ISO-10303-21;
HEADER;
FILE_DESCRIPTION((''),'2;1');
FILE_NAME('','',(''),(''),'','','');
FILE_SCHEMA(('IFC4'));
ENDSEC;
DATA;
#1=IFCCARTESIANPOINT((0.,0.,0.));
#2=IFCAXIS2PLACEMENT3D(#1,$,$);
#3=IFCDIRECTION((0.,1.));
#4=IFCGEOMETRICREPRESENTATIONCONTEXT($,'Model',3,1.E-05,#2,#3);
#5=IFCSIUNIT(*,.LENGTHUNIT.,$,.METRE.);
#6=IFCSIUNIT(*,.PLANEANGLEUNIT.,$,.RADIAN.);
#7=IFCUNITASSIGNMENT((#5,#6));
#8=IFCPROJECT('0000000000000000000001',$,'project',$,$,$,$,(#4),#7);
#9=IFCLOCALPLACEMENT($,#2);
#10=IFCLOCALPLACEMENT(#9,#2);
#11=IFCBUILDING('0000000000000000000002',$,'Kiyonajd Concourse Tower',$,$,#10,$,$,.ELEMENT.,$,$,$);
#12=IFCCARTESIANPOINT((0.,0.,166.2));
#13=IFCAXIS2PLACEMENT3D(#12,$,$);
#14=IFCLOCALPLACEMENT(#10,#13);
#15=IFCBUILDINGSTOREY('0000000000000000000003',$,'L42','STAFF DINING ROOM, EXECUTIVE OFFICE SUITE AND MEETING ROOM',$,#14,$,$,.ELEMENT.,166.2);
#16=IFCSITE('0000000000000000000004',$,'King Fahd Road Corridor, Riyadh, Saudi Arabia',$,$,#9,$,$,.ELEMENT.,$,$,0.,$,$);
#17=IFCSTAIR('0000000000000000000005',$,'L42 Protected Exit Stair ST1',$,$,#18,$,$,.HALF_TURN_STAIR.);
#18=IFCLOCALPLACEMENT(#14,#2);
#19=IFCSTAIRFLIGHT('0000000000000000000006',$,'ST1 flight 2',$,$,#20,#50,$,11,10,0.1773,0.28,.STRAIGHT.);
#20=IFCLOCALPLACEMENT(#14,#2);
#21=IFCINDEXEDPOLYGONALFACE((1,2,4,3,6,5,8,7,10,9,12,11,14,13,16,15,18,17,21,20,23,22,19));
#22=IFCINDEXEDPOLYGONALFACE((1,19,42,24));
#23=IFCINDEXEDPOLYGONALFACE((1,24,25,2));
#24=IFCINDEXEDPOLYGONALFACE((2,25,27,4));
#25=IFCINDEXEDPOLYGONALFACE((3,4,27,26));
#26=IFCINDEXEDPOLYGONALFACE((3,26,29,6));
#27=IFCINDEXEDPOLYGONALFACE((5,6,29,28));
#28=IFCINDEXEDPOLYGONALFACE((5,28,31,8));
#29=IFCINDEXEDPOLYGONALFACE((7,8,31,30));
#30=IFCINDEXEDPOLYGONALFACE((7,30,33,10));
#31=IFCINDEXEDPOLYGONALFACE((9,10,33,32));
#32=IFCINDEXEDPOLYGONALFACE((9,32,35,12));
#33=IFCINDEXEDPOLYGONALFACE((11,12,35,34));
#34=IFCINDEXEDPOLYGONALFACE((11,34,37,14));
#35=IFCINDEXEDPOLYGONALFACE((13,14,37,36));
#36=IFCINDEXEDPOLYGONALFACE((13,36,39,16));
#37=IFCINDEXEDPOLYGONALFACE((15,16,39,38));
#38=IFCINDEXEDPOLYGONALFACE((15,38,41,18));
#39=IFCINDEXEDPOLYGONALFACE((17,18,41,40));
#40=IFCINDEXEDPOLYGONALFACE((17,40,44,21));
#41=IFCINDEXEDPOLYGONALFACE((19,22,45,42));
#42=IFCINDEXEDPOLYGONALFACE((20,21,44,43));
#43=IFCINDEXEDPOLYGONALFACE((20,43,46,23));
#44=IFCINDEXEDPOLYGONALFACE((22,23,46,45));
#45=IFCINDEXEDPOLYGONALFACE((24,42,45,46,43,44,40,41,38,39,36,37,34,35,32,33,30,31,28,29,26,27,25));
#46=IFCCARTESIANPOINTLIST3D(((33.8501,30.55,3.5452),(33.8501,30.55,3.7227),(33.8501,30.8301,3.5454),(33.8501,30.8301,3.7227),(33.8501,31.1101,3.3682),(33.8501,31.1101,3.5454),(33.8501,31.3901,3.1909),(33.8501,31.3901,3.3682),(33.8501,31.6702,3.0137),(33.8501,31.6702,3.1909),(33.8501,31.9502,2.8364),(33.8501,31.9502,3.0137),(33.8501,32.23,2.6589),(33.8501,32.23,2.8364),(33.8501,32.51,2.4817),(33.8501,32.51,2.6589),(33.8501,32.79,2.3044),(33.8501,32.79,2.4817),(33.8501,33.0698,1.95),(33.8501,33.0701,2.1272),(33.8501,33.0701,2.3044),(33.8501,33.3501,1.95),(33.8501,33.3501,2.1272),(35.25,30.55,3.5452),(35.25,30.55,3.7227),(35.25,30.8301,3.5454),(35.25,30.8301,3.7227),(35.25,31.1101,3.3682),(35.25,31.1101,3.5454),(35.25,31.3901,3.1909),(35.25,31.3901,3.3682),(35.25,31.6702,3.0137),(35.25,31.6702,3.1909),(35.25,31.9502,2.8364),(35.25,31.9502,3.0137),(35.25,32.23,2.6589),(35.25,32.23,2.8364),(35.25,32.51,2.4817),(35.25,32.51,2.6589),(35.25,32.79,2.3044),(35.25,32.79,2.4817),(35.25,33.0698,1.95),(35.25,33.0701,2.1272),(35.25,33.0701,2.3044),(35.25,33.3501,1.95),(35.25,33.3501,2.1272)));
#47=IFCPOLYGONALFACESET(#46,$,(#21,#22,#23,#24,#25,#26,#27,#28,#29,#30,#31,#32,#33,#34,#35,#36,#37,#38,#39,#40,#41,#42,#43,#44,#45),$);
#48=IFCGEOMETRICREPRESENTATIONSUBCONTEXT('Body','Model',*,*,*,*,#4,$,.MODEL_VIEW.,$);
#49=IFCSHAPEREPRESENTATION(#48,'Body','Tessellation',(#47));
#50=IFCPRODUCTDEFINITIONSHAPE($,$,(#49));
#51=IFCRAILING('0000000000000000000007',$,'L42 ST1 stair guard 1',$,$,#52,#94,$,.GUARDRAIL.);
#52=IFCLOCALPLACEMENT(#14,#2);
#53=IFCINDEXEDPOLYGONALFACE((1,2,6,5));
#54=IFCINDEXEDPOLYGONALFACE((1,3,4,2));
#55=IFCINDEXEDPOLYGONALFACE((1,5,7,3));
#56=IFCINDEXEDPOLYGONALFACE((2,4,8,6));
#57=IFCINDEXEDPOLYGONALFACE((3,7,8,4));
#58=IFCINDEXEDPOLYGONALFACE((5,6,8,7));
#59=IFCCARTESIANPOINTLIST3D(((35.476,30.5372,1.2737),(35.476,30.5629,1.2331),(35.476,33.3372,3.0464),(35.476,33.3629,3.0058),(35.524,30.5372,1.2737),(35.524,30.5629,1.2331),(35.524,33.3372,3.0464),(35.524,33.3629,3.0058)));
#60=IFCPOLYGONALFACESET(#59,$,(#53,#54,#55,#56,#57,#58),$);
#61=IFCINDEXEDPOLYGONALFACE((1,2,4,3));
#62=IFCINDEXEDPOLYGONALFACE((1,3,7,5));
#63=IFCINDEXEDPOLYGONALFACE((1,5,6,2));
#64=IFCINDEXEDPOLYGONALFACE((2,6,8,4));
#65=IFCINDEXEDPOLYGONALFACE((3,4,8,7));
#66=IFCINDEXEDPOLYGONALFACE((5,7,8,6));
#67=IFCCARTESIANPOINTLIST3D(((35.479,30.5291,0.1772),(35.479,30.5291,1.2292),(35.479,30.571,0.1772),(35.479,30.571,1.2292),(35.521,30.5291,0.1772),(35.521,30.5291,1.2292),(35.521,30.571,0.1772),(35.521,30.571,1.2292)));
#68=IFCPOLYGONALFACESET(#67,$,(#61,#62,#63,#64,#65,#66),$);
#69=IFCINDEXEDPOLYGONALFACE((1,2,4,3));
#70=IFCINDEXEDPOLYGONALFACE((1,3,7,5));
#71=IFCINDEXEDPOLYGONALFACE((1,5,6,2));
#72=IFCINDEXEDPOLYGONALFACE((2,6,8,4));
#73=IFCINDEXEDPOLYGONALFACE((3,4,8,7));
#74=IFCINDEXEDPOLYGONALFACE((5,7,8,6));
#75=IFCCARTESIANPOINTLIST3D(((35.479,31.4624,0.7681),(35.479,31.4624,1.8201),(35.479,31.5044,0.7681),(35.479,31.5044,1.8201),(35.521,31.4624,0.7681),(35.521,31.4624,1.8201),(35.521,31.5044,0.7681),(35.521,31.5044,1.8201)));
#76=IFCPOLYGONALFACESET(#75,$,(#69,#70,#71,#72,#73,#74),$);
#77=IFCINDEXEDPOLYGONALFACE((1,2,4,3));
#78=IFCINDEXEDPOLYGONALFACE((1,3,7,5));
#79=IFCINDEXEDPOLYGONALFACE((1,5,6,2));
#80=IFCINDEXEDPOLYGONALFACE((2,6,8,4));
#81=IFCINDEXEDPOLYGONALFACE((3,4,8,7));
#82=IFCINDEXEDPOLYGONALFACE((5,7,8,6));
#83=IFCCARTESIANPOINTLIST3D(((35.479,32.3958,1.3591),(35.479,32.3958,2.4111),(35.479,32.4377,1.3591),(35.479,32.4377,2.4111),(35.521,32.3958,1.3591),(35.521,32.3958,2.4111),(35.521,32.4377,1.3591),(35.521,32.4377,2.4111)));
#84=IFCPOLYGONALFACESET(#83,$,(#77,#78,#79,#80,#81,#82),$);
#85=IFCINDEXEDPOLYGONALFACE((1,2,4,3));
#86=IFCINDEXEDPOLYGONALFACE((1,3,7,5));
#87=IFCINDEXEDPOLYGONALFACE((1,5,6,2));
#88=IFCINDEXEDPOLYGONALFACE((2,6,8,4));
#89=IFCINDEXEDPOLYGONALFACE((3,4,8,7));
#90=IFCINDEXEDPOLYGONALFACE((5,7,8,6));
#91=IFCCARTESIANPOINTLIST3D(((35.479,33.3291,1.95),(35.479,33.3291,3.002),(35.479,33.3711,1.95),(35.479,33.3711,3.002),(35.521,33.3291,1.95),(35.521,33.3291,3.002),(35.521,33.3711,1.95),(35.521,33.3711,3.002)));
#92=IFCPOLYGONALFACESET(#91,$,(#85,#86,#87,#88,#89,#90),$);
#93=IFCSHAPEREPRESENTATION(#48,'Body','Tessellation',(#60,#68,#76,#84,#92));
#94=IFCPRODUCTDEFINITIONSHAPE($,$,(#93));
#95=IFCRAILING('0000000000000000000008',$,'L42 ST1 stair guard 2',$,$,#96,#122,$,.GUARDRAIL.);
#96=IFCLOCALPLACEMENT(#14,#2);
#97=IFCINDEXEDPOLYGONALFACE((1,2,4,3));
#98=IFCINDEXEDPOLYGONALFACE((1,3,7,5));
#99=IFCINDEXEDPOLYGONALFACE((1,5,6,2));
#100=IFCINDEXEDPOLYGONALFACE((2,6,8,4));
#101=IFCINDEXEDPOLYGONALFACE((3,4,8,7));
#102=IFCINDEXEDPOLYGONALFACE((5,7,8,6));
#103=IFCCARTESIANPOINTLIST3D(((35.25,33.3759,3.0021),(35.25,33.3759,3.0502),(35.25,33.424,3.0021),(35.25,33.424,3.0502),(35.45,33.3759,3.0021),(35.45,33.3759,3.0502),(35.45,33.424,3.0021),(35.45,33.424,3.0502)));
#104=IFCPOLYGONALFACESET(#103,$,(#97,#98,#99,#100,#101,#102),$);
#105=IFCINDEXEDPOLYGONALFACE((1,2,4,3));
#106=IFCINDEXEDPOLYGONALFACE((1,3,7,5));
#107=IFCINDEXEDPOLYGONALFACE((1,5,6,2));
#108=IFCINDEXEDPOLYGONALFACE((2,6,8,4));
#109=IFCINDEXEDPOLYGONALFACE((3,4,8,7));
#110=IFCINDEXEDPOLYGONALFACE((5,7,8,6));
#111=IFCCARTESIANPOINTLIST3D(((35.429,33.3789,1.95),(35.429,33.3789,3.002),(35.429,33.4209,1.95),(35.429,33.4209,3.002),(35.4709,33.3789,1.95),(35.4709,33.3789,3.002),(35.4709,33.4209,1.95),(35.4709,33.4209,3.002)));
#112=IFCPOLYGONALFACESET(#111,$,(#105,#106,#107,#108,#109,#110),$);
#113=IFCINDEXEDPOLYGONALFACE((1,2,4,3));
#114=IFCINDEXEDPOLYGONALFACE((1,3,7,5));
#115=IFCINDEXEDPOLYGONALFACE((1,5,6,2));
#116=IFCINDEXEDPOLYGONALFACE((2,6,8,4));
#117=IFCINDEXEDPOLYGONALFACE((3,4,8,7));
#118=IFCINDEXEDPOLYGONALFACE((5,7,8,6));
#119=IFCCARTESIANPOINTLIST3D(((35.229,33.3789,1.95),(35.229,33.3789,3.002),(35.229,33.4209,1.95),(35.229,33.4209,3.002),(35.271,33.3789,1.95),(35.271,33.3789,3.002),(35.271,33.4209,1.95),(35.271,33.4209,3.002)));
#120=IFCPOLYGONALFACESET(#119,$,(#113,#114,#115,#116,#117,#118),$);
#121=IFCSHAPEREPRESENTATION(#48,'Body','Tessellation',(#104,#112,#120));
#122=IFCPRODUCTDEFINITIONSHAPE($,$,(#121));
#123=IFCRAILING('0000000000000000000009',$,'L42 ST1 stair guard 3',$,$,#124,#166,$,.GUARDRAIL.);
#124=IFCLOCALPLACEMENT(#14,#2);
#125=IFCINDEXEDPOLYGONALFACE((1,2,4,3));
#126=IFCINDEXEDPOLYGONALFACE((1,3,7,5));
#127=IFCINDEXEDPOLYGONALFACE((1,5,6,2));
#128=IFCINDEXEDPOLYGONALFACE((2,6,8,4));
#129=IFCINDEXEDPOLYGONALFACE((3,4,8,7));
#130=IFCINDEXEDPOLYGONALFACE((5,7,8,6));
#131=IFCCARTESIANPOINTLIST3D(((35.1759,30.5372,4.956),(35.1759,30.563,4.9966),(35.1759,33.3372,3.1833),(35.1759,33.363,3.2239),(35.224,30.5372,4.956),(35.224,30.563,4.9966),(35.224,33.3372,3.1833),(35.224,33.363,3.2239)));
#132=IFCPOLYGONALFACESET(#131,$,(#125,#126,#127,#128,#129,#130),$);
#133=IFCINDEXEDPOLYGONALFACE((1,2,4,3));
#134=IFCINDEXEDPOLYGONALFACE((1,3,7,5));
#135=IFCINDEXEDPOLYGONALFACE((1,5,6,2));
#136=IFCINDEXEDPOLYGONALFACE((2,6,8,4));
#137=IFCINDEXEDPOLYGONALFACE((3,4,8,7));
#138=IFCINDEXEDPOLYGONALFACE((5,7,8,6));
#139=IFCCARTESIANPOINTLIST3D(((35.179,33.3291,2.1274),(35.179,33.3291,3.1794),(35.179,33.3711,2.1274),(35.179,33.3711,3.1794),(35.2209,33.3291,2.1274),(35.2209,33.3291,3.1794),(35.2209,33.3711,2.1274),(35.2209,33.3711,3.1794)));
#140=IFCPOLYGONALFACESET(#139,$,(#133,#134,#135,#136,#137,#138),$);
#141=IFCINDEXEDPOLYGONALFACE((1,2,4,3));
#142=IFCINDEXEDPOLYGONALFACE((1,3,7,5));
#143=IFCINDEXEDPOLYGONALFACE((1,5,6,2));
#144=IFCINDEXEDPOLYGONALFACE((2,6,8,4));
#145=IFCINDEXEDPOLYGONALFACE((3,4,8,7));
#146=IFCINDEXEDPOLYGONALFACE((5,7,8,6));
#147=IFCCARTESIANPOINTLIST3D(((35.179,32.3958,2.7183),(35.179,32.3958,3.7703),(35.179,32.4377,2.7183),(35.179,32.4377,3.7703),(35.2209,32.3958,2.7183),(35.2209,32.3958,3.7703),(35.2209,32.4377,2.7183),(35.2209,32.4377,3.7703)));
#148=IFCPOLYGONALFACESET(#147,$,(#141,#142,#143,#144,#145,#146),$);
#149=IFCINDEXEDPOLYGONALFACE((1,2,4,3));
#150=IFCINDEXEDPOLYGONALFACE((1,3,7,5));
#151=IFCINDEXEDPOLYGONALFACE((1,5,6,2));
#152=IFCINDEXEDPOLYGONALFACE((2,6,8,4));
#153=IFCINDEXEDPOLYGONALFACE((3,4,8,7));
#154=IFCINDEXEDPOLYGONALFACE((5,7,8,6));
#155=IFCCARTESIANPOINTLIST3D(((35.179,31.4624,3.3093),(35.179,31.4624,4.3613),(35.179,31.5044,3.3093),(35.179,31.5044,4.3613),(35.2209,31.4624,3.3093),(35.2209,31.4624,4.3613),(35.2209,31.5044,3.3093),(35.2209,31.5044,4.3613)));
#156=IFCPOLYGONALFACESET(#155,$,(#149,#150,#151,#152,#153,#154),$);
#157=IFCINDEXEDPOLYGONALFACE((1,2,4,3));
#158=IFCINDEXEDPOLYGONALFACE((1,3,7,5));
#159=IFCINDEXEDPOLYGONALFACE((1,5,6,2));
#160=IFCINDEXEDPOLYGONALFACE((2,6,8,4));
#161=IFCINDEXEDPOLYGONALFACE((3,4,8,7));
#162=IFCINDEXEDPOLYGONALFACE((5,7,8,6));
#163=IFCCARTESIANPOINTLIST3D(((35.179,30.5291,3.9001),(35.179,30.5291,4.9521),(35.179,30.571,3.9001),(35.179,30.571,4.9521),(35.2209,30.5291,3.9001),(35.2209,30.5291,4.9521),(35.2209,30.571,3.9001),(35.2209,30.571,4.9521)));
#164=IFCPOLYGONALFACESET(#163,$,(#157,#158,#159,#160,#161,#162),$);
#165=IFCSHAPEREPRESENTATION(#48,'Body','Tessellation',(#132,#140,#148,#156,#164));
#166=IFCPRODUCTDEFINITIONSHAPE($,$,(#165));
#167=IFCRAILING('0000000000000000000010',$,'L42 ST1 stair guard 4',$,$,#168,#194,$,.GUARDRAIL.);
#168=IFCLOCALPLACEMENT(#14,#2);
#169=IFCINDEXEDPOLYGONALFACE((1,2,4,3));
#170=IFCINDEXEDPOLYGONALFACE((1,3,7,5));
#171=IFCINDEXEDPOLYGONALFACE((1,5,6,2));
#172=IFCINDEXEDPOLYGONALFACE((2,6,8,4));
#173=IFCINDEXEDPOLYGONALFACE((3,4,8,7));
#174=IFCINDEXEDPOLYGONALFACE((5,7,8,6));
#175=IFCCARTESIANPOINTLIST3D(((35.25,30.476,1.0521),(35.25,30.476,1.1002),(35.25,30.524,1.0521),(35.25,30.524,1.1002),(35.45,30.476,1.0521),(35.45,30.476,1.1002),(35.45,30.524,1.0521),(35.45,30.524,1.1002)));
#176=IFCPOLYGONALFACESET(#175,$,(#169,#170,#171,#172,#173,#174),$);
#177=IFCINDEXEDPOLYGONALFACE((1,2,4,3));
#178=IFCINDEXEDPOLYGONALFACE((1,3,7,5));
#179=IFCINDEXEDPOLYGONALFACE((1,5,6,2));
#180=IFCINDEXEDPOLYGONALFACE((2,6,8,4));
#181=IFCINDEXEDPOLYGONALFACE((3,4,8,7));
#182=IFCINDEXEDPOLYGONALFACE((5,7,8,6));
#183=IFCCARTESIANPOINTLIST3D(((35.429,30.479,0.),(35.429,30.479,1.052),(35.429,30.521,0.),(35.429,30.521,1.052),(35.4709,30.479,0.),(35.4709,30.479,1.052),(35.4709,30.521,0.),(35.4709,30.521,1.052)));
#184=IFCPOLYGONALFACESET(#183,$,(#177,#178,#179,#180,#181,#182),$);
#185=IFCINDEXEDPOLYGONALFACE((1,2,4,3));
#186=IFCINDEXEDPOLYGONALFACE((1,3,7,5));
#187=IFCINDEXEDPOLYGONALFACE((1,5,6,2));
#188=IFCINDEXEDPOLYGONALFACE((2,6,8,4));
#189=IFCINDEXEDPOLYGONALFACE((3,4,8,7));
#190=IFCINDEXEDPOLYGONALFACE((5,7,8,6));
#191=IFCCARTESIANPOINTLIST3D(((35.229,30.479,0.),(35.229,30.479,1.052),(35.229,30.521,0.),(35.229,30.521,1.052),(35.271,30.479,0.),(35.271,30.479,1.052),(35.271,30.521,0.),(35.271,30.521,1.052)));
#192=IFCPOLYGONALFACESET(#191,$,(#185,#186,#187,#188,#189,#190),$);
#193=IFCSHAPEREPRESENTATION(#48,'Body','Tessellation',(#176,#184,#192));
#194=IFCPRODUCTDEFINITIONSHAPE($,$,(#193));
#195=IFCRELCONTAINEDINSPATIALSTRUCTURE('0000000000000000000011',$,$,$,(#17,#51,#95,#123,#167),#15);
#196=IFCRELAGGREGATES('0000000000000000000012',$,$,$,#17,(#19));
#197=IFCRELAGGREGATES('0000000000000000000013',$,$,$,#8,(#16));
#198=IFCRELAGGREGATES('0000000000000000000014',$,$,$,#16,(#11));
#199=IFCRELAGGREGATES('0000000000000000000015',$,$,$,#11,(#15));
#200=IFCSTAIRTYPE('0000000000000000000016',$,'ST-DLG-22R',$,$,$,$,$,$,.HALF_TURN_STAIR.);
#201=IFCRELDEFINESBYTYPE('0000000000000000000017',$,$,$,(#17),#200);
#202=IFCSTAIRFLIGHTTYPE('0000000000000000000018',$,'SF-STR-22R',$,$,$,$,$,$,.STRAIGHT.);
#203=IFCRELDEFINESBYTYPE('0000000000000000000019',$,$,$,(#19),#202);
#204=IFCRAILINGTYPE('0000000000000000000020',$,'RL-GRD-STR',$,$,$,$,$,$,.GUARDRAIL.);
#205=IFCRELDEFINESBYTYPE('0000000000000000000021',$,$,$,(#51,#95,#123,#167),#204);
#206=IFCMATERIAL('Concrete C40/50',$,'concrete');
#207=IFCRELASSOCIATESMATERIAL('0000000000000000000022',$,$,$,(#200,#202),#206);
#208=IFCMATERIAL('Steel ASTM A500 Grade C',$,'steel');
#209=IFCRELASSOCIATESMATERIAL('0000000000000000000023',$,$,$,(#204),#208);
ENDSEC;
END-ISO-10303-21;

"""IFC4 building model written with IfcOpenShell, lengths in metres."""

from ifc_helpers import new_model, si_unit, direction, frame, origin, origin_2d, place, context, subcontext, project, spatial, polyline, rectangle, outline, extrude, material, type_object, element, aggregate, save


model = new_model("IFC4")

# Units and contexts
model_context = context("Model", 3, precision=1e-05, world=origin(), true_north=direction((0.0, 1.0)))
body_context = subcontext(model_context, "Body", "Model", "MODEL_VIEW")
ifc_project = project(units=[si_unit("LENGTHUNIT", "METRE"), si_unit("PLANEANGLEUNIT", "RADIAN")], contexts=[model_context])

# Site, building, storey
site_placement = place(None, origin())
site = spatial("IfcSite", under=ifc_project, at=site_placement, Name="King Fahd Road Corridor, Riyadh, Saudi Arabia", CompositionType="ELEMENT", RefElevation=0.0)
building_placement = place(site_placement, origin())
building = spatial("IfcBuilding", under=site, at=building_placement, Name="Kiyonajd Concourse Tower", CompositionType="ELEMENT")
storey_placement = place(building_placement, frame((0.0, 0.0, 166.2)))
storey = spatial("IfcBuildingStorey", under=building, at=storey_placement, Name="L42", Description="STAFF DINING ROOM, EXECUTIVE OFFICE SUITE AND MEETING ROOM", CompositionType="ELEMENT", Elevation=166.2)

# Stair, stair flight
ifc_material_1 = material(Name="Concrete C40/50", Category="concrete")
stair_type = type_object("IfcStairType", Name="ST-DLG-22R", PredefinedType="HALF_TURN_STAIR", material=ifc_material_1)
stair_placement = place(storey_placement, origin())
stair = element("IfcStair", 1, at=stair_placement, inside=storey, type_object=stair_type, Name="L42 Protected Exit Stair ST1", PredefinedType="HALF_TURN_STAIR")
stair_flight_type = type_object("IfcStairFlightType", Name="SF-STR-22R", PredefinedType="STRAIGHT", material=ifc_material_1)
stair_flight_1_placement = place(storey_placement, frame((34.55, 33.3501, 1.95), z_axis=(0.0, 0.0, 1.0), x_axis=(0.0, -1.0, 0.0)))
stair_flight_1 = element("IfcStairFlight", 2, at=stair_flight_1_placement, type_object=stair_flight_type, Name="ST1 flight 2", NumberOfRisers=11, NumberOfTreads=10, PredefinedType="STRAIGHT", RiserHeight=0.1773, TreadLength=0.28, context=body_context, shape_type="SweptSolid", body=[
    extrude(outline(polyline([(0.0, 0.0), (0.0, 0.1772), (0.28, 0.1772), (0.28, 0.3545), (0.5601, 0.3545), (0.5601, 0.5317), (0.8401, 0.5317), (0.8401, 0.709), (1.1201, 0.709), (1.1201, 0.8865), (1.3999, 0.8865), (1.3999, 1.0637), (1.6799, 1.0637), (1.6799, 1.241), (1.96, 1.241), (1.96, 1.4182), (2.24, 1.4182), (2.24, 1.5955), (2.52, 1.5955), (2.52, 1.7727), (2.8, 1.7727), (2.8, 1.95), (2.8, 1.5952), (0.2803, 0.0), (0.0, 0.0)])), frame((0.0, 0.7, 0.0), z_axis=(0.0, -1.0, 0.0), x_axis=(1.0, 0.0, 0.0)), (0.0, 0.0, 1.0), 1.3999),
])
aggregate(stair, [stair_flight_1])

# Railings
ifc_material_2 = material(Name="Steel ASTM A500 Grade C", Category="steel")
railing_type_1 = type_object("IfcRailingType", Name="RL-GRD-STR", PredefinedType="GUARDRAIL", material=ifc_material_2)
railing_1_placement = place(storey_placement, frame((35.5, 30.55, 0.1772)))
element("IfcRailing", 3, at=railing_1_placement, inside=storey, type_object=railing_type_1, Name="L42 ST1 stair guard 1", PredefinedType="GUARDRAIL", context=body_context, shape_type="SweptSolid", body=[
    extrude(rectangle(XDim=0.0481, YDim=0.0481, at=origin_2d()), frame((0.0, 0.0, 1.0762), z_axis=(0.0, 0.844909, 0.53491), x_axis=(-1.0, 0.0, 0.0)), (0.0, 0.0, 1.0), 3.314),
    extrude(rectangle(XDim=0.042, YDim=0.042, at=origin_2d()), origin(), (0.0, 0.0, 1.0), 1.052),
    extrude(rectangle(XDim=0.042, YDim=0.042, at=origin_2d()), frame((0.0, 0.9333, 0.5908)), (0.0, 0.0, 1.0), 1.052),
    extrude(rectangle(XDim=0.042, YDim=0.042, at=origin_2d()), frame((0.0, 1.8667, 1.1819)), (0.0, 0.0, 1.0), 1.052),
    extrude(rectangle(XDim=0.042, YDim=0.042, at=origin_2d()), frame((0.0, 2.8, 1.7727)), (0.0, 0.0, 1.0), 1.052),
])
railing_2_placement = place(storey_placement, frame((35.45, 33.3999, 1.95)))
element("IfcRailing", 4, at=railing_2_placement, inside=storey, type_object=railing_type_1, Name="L42 ST1 stair guard 2", PredefinedType="GUARDRAIL", context=body_context, shape_type="SweptSolid", body=[
    extrude(rectangle(XDim=0.0481, YDim=0.0481, at=origin_2d()), frame((0.0, 0.0, 1.0762), z_axis=(-1.0, 0.0, 0.0), x_axis=(0.0, -1.0, 0.0)), (0.0, 0.0, 1.0), 0.2),
    extrude(rectangle(XDim=0.042, YDim=0.042, at=origin_2d()), origin(), (0.0, 0.0, 1.0), 1.052),
    extrude(rectangle(XDim=0.042, YDim=0.042, at=origin_2d()), frame((-0.2, 0.0, 0.0)), (0.0, 0.0, 1.0), 1.052),
])
railing_3_placement = place(storey_placement, frame((35.2, 33.3501, 2.1274)))
element("IfcRailing", 5, at=railing_3_placement, inside=storey, type_object=railing_type_1, Name="L42 ST1 stair guard 3", PredefinedType="GUARDRAIL", context=body_context, shape_type="SweptSolid", body=[
    extrude(rectangle(XDim=0.0481, YDim=0.0481, at=origin_2d()), frame((0.0, 0.0, 1.0762), z_axis=(0.0, -0.844909, 0.53491), x_axis=(1.0, 0.0, 0.0)), (0.0, 0.0, 1.0), 3.314),
    extrude(rectangle(XDim=0.042, YDim=0.042, at=origin_2d()), origin(), (0.0, 0.0, 1.0), 1.052),
    extrude(rectangle(XDim=0.042, YDim=0.042, at=origin_2d()), frame((0.0, -0.9333, 0.5908)), (0.0, 0.0, 1.0), 1.052),
    extrude(rectangle(XDim=0.042, YDim=0.042, at=origin_2d()), frame((0.0, -1.8667, 1.1819)), (0.0, 0.0, 1.0), 1.052),
    extrude(rectangle(XDim=0.042, YDim=0.042, at=origin_2d()), frame((0.0, -2.8, 1.7727)), (0.0, 0.0, 1.0), 1.052),
])
railing_4_placement = place(storey_placement, frame((35.45, 30.5, 0.0)))
element("IfcRailing", 6, at=railing_4_placement, inside=storey, type_object=railing_type_1, Name="L42 ST1 stair guard 4", PredefinedType="GUARDRAIL", context=body_context, shape_type="SweptSolid", body=[
    extrude(rectangle(XDim=0.0481, YDim=0.0481, at=origin_2d()), frame((0.0, 0.0, 1.0762), z_axis=(-1.0, 0.0, 0.0), x_axis=(0.0, -1.0, 0.0)), (0.0, 0.0, 1.0), 0.2),
    extrude(rectangle(XDim=0.042, YDim=0.042, at=origin_2d()), origin(), (0.0, 0.0, 1.0), 1.052),
    extrude(rectangle(XDim=0.042, YDim=0.042, at=origin_2d()), frame((-0.2, 0.0, 0.0)), (0.0, 0.0, 1.0), 1.052),
])

save(model, "model.ifc")
